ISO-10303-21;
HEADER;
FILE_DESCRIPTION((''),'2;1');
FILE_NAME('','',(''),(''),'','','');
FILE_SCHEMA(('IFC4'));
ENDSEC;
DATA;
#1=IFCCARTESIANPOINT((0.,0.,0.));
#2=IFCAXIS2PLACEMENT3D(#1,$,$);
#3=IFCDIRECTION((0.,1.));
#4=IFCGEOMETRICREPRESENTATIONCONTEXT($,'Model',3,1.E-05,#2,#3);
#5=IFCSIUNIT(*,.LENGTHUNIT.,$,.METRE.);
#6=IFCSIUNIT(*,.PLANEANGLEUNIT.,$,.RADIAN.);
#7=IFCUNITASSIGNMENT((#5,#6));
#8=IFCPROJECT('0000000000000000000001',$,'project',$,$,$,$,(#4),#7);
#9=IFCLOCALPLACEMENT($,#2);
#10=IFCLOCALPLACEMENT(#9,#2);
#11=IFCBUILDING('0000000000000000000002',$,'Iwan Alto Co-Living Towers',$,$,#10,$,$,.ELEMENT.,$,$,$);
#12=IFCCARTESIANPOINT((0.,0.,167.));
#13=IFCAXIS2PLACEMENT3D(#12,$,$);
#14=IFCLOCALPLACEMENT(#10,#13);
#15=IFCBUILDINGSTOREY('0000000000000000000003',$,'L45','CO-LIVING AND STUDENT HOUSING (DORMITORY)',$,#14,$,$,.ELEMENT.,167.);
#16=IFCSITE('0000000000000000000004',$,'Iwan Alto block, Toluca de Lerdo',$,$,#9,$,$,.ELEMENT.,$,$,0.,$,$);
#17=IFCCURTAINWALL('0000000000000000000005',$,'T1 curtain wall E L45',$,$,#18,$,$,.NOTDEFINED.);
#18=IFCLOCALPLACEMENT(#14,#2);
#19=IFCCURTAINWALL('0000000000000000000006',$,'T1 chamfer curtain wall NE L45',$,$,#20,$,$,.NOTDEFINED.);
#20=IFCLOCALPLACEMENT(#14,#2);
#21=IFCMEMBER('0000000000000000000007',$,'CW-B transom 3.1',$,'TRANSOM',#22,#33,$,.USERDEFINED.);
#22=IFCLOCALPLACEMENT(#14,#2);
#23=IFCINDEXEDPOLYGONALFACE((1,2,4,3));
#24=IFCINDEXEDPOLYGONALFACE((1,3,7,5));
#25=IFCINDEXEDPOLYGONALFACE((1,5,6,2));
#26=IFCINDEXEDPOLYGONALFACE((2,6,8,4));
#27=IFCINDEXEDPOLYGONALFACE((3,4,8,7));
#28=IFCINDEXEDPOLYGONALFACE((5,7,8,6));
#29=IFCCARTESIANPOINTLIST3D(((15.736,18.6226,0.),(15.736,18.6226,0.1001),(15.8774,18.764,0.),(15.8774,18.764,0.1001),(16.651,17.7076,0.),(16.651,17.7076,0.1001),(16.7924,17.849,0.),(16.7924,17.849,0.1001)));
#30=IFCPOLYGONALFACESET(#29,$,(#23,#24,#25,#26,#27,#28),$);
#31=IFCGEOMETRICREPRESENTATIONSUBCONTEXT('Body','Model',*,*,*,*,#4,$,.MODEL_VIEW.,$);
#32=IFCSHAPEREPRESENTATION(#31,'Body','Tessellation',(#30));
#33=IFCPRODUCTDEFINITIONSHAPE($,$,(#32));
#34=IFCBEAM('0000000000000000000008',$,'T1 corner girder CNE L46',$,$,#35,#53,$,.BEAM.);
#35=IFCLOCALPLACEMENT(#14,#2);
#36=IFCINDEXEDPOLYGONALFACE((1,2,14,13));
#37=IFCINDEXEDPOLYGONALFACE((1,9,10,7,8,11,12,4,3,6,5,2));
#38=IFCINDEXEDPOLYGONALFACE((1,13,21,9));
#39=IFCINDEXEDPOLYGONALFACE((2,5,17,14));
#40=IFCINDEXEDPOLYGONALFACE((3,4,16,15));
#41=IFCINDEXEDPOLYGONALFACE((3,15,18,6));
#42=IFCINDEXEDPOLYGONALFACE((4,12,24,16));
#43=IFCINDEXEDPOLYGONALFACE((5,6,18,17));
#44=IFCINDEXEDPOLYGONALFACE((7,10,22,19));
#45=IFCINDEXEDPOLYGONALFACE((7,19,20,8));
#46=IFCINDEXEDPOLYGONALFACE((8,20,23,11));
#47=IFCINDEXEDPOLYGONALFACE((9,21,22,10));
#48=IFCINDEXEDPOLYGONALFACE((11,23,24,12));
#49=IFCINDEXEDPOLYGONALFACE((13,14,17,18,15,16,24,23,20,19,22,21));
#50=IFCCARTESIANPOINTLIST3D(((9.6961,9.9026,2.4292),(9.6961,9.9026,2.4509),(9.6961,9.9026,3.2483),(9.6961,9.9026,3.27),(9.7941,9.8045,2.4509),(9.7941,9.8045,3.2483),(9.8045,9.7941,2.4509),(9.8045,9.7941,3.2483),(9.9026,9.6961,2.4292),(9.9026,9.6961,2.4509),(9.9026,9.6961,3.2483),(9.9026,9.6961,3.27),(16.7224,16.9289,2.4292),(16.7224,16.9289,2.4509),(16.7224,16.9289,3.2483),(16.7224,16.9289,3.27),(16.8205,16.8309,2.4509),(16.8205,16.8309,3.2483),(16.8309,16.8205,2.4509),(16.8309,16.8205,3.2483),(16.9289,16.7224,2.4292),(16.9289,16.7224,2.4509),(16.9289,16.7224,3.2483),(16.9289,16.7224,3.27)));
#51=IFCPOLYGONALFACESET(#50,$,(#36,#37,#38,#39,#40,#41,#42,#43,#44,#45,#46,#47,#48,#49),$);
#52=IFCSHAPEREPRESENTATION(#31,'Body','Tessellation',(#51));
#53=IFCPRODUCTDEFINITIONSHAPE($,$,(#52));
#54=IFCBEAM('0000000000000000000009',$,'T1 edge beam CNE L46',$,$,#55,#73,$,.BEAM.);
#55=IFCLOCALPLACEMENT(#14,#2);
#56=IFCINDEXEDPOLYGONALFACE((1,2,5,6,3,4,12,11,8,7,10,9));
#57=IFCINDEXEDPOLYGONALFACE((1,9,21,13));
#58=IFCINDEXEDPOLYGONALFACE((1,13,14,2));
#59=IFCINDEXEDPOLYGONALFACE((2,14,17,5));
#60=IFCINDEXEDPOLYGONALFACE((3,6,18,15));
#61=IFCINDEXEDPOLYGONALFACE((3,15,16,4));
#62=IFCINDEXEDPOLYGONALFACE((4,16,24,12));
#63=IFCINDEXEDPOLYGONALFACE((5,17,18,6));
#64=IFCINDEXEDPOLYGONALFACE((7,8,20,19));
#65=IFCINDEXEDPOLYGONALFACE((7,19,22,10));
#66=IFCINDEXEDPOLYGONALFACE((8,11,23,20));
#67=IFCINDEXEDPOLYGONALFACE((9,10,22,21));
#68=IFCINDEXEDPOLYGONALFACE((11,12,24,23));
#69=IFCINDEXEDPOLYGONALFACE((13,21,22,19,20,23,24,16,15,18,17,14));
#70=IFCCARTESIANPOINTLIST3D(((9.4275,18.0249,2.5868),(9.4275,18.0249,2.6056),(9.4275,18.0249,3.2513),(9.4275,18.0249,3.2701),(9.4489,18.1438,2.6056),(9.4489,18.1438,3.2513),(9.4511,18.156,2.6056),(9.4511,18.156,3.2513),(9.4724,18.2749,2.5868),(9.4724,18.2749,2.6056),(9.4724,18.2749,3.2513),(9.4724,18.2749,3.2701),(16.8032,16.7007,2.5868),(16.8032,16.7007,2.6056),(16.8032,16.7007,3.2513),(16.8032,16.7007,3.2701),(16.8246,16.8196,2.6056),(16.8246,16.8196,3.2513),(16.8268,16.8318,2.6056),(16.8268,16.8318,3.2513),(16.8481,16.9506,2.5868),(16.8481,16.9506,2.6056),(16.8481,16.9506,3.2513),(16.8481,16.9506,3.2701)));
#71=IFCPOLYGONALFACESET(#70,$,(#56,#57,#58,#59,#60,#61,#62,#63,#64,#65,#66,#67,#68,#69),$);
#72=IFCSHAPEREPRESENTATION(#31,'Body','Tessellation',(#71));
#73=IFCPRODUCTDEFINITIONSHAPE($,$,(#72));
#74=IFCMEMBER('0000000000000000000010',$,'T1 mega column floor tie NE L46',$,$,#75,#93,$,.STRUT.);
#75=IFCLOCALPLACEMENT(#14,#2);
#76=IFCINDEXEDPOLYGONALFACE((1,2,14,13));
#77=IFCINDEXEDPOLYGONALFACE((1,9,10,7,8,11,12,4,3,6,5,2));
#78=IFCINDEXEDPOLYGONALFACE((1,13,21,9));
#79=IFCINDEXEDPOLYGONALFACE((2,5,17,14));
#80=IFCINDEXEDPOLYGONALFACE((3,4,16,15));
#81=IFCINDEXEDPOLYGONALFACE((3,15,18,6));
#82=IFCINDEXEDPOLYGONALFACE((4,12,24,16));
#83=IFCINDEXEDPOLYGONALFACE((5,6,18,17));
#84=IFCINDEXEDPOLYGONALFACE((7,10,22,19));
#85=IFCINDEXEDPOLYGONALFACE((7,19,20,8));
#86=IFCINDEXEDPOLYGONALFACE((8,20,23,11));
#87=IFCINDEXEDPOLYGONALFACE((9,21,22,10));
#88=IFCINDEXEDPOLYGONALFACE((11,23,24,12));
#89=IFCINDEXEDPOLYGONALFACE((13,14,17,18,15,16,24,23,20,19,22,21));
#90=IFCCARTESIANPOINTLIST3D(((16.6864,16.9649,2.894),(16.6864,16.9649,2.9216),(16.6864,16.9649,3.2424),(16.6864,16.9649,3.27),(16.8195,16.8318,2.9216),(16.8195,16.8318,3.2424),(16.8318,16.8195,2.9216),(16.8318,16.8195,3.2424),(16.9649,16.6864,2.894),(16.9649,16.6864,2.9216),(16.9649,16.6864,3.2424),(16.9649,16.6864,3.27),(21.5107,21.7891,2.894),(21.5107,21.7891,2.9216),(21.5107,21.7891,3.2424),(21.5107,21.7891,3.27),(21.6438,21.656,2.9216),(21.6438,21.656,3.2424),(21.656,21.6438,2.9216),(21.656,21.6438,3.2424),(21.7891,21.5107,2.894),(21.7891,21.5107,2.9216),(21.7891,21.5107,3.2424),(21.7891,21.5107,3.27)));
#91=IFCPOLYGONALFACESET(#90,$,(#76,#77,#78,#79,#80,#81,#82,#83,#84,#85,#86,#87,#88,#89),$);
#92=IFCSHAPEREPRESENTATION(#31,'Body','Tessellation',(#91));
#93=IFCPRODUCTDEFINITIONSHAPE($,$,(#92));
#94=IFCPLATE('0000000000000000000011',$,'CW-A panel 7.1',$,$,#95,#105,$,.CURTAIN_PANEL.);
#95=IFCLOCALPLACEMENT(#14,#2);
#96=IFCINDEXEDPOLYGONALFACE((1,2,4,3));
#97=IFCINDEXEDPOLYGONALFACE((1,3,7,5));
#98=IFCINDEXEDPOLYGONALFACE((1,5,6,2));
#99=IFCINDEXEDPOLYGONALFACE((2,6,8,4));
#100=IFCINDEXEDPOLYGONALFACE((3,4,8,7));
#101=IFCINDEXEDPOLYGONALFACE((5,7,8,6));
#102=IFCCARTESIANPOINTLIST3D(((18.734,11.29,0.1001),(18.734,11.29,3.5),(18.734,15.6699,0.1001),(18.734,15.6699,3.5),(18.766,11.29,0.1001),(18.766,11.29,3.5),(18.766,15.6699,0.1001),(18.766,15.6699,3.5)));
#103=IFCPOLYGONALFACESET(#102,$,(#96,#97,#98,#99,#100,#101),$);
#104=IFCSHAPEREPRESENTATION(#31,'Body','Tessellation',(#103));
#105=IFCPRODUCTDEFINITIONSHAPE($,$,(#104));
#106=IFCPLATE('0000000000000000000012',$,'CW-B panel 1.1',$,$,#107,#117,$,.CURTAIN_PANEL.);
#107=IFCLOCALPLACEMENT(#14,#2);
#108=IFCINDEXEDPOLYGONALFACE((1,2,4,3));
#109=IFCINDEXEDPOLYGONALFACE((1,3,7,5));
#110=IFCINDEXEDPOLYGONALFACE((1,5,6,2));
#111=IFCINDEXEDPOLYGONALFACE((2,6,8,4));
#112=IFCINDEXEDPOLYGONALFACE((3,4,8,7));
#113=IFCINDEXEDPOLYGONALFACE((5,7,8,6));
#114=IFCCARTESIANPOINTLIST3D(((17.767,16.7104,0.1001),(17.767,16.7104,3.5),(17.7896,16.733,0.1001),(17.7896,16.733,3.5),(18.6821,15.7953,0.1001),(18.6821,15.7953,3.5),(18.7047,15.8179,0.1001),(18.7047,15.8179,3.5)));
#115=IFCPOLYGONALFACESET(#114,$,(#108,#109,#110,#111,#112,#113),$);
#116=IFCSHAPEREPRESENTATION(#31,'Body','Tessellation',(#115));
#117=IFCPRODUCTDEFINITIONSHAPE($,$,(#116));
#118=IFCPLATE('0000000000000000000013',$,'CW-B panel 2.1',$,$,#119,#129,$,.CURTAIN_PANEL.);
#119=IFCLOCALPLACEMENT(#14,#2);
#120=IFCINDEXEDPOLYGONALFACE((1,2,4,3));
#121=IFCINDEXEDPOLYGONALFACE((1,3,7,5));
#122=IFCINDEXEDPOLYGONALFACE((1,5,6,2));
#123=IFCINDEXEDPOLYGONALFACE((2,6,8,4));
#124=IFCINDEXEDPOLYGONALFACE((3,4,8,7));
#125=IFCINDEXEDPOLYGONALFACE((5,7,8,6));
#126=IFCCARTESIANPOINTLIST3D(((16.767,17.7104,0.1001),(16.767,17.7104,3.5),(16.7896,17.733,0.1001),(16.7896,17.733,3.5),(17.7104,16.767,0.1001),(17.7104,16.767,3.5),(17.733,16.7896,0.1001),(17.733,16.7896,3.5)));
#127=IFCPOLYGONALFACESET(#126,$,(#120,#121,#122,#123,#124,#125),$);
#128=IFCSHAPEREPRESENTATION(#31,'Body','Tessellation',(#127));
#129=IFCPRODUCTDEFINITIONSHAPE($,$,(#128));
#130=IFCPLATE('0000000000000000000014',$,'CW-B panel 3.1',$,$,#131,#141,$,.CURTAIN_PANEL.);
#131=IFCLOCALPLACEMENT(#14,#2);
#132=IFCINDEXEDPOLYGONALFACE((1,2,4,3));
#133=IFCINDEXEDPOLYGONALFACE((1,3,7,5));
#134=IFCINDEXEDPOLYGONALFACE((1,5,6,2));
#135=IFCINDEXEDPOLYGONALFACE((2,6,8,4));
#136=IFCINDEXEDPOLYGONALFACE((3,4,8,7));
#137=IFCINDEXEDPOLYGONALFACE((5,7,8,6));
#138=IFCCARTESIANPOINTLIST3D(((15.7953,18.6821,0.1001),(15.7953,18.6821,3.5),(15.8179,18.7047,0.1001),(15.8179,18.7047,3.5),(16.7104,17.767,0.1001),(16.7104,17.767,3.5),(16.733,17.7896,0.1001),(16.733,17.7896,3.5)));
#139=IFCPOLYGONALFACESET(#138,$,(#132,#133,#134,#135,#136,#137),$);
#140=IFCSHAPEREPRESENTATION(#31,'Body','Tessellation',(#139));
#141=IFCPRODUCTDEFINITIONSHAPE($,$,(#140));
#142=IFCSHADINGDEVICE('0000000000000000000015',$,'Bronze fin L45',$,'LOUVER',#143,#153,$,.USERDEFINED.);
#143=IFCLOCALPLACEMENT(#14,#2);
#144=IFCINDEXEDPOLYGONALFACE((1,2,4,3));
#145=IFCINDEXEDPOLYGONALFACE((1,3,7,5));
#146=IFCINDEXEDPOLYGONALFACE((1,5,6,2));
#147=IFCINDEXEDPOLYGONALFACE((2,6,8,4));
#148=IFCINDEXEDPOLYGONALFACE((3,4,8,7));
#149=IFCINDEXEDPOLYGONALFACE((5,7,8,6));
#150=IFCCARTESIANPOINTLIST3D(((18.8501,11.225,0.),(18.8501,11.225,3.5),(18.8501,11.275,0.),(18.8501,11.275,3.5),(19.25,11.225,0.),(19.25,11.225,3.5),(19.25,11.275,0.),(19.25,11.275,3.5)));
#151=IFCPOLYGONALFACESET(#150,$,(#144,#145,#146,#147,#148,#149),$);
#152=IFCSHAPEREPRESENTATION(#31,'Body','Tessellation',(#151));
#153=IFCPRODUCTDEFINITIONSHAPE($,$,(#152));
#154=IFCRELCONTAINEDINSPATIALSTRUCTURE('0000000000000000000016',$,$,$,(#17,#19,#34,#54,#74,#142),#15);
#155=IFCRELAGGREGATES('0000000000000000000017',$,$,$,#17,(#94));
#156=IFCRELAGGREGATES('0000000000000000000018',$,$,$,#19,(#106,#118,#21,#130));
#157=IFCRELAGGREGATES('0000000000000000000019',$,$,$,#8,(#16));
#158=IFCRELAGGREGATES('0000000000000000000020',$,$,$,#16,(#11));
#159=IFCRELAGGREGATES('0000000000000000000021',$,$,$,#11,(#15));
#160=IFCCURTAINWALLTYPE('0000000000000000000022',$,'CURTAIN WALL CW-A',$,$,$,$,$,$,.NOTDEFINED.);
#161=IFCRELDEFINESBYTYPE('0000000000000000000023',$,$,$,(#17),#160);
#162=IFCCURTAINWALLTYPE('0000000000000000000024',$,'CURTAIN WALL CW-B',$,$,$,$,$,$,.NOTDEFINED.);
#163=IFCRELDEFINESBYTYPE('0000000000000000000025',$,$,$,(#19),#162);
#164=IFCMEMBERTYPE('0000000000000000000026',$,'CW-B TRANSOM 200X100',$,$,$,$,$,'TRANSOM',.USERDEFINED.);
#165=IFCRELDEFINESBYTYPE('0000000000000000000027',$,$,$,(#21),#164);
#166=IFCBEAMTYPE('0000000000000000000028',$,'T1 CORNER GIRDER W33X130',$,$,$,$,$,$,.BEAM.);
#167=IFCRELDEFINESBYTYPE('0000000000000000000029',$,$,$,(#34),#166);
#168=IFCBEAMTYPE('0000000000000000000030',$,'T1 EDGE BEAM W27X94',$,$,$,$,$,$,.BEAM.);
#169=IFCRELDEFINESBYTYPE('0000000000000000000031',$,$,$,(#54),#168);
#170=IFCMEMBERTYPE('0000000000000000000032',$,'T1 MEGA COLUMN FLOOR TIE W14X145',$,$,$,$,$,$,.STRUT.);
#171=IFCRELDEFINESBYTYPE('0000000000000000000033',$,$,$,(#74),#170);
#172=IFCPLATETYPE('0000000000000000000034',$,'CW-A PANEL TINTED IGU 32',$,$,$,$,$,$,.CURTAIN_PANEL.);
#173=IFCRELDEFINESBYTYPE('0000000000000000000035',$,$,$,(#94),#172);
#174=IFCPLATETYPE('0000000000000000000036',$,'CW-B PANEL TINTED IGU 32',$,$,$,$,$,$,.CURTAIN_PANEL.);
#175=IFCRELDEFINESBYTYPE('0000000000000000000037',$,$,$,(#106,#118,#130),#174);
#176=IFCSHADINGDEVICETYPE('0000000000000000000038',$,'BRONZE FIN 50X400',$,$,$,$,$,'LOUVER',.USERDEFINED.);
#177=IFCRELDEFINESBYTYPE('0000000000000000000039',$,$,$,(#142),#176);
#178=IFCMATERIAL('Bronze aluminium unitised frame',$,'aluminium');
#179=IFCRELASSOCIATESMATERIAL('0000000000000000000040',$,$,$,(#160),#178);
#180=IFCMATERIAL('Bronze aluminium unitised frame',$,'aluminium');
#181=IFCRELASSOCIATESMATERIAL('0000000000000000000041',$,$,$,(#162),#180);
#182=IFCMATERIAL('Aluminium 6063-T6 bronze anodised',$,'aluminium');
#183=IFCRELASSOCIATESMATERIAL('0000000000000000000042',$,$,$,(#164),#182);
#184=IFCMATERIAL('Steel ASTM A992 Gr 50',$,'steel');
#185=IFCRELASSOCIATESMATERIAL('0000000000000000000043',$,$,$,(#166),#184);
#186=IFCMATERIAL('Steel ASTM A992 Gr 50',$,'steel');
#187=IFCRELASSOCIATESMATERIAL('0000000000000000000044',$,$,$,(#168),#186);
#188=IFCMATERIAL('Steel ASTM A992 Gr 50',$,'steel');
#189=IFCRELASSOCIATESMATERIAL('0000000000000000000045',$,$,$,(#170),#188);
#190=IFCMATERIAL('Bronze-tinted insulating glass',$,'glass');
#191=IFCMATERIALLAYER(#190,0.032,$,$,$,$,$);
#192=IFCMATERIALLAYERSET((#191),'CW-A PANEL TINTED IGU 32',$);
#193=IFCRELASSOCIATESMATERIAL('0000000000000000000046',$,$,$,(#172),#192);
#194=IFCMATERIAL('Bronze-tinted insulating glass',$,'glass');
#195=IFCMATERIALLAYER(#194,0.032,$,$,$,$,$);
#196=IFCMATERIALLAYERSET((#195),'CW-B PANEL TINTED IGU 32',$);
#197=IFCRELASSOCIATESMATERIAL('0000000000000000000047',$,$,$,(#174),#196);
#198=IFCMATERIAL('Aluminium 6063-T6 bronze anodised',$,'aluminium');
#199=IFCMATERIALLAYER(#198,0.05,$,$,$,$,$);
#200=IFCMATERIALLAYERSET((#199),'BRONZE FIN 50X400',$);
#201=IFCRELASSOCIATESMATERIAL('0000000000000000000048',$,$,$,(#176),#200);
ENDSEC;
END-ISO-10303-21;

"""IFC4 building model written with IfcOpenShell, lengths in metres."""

from ifc_helpers import new_model, si_unit, direction, frame, origin, origin_2d, place, context, subcontext, project, spatial, rectangle, i_section, extrude, material, layer, layer_set, material_profile, profile_set, type_object, element, aggregate, save


model = new_model("IFC4")

# Units and contexts
model_context = context("Model", 3, precision=1e-05, world=origin(), true_north=direction((0.0, 1.0)))
body_context = subcontext(model_context, "Body", "Model", "MODEL_VIEW")
ifc_project = project(units=[si_unit("LENGTHUNIT", "METRE"), si_unit("PLANEANGLEUNIT", "RADIAN")], contexts=[model_context])

# Site, building, storey
site_placement = place(None, origin())
site = spatial("IfcSite", under=ifc_project, at=site_placement, Name="Iwan Alto block, Toluca de Lerdo", CompositionType="ELEMENT", RefElevation=0.0)
building_placement = place(site_placement, origin())
building = spatial("IfcBuilding", under=site, at=building_placement, Name="Iwan Alto Co-Living Towers", CompositionType="ELEMENT")
storey_placement = place(building_placement, frame((0.0, 0.0, 167.0)))
storey = spatial("IfcBuildingStorey", under=building, at=storey_placement, Name="L45", Description="CO-LIVING AND STUDENT HOUSING (DORMITORY)", CompositionType="ELEMENT", Elevation=167.0)

# Curtain wall
ifc_material_1 = material(Name="Bronze aluminium unitised frame", Category="aluminium")
curtain_wall_type_1 = type_object("IfcCurtainWallType", Name="CURTAIN WALL CW-A", PredefinedType="NOTDEFINED", material=ifc_material_1)
curtain_wall_1_placement = place(storey_placement, origin())
curtain_wall_1 = element("IfcCurtainWall", 1, at=curtain_wall_1_placement, inside=storey, type_object=curtain_wall_type_1, Name="T1 curtain wall E L45", PredefinedType="NOTDEFINED")

# Curtain wall, member
ifc_material_2 = material(Name="Bronze aluminium unitised frame", Category="aluminium")
curtain_wall_type_2 = type_object("IfcCurtainWallType", Name="CURTAIN WALL CW-B", PredefinedType="NOTDEFINED", material=ifc_material_2)
curtain_wall_2_placement = place(storey_placement, origin())
curtain_wall_2 = element("IfcCurtainWall", 2, at=curtain_wall_2_placement, inside=storey, type_object=curtain_wall_type_2, Name="T1 chamfer curtain wall NE L45", PredefinedType="NOTDEFINED")
ifc_material_3 = material(Name="Aluminium 6063-T6 bronze anodised", Category="aluminium")
ifc_material_profile_1 = material_profile(ifc_material_3, rectangle(XDim=0.2, YDim=0.1001, at=origin_2d()), Name="AL 200X100")
ifc_profile_set_1 = profile_set([ifc_material_profile_1], Name="Aluminium 6063-T6 bronze anodised")
member_type_1 = type_object("IfcMemberType", Name="CW-B TRANSOM 200X100", ElementType="TRANSOM", PredefinedType="USERDEFINED", material=ifc_profile_set_1)
member_1_placement = place(storey_placement, frame((16.7217, 17.7783, 0.05), z_axis=(-0.707107, 0.707107, 0.0), x_axis=(-0.707107, -0.707107, 0.0)))
member_1 = element("IfcMember", 3, at=member_1_placement, type_object=member_type_1, Name="CW-B transom 3.1", ObjectType="TRANSOM", PredefinedType="USERDEFINED", context=body_context, shape_type="SweptSolid", body=[
    extrude(rectangle(XDim=0.2, YDim=0.1001, at=origin_2d()), origin(), (0.0, 0.0, 1.0), 1.2939),
])

# Beams
ifc_material_4 = material(Name="Steel ASTM A992 Gr 50", Category="steel")
ifc_material_profile_2 = material_profile(ifc_material_4, i_section(OverallWidth=0.292, OverallDepth=0.8408, WebThickness=0.0146, FlangeThickness=0.0217, at=origin_2d()), Name="W33X130")
ifc_profile_set_2 = profile_set([ifc_material_profile_2], Name="Steel ASTM A992 Gr 50")
beam_type_1 = type_object("IfcBeamType", Name="T1 CORNER GIRDER W33X130", PredefinedType="BEAM", material=ifc_profile_set_2)
beam_1_placement = place(storey_placement, frame((16.8257, 16.8257, 2.8496), z_axis=(-0.707107, -0.707107, 0.0), x_axis=(0.707107, -0.707107, 0.0)))
element("IfcBeam", 4, at=beam_1_placement, inside=storey, type_object=beam_type_1, Name="T1 corner girder CNE L46", PredefinedType="BEAM", context=body_context, shape_type="SweptSolid", body=[
    extrude(i_section(OverallWidth=0.292, OverallDepth=0.8408, WebThickness=0.0146, FlangeThickness=0.0217, at=origin_2d()), origin(), (0.0, 0.0, 1.0), 9.9368),
])
ifc_material_5 = material(Name="Steel ASTM A992 Gr 50", Category="steel")
ifc_material_profile_3 = material_profile(ifc_material_5, i_section(OverallWidth=0.2539, OverallDepth=0.6833, WebThickness=0.0125, FlangeThickness=0.0188, at=origin_2d()), Name="W27X94")
ifc_profile_set_3 = profile_set([ifc_material_profile_3], Name="Steel ASTM A992 Gr 50")
beam_type_2 = type_object("IfcBeamType", Name="T1 EDGE BEAM W27X94", PredefinedType="BEAM", material=ifc_profile_set_3)
beam_2_placement = place(storey_placement, frame((16.8257, 16.8257, 2.9285), z_axis=(-0.984263, 0.176712, 0.0), x_axis=(-0.176712, -0.984263, 0.0)))
element("IfcBeam", 5, at=beam_2_placement, inside=storey, type_object=beam_type_2, Name="T1 edge beam CNE L46", PredefinedType="BEAM", context=body_context, shape_type="SweptSolid", body=[
    extrude(i_section(OverallWidth=0.2539, OverallDepth=0.6833, WebThickness=0.0125, FlangeThickness=0.0188, at=origin_2d()), origin(), (0.0, 0.0, 1.0), 7.4937),
])

# Member
ifc_material_6 = material(Name="Steel ASTM A992 Gr 50", Category="steel")
ifc_material_profile_4 = material_profile(ifc_material_6, i_section(OverallWidth=0.3938, OverallDepth=0.376, WebThickness=0.0173, FlangeThickness=0.0276, at=origin_2d()), Name="W14X145")
ifc_profile_set_4 = profile_set([ifc_material_profile_4], Name="Steel ASTM A992 Gr 50")
member_type_2 = type_object("IfcMemberType", Name="T1 MEGA COLUMN FLOOR TIE W14X145", PredefinedType="STRUT", material=ifc_profile_set_4)
member_2_placement = place(storey_placement, frame((21.6499, 21.6499, 3.082), z_axis=(-0.707107, -0.707107, 0.0), x_axis=(0.707107, -0.707107, 0.0)))
element("IfcMember", 6, at=member_2_placement, inside=storey, type_object=member_type_2, Name="T1 mega column floor tie NE L46", PredefinedType="STRUT", context=body_context, shape_type="SweptSolid", body=[
    extrude(i_section(OverallWidth=0.3938, OverallDepth=0.376, WebThickness=0.0173, FlangeThickness=0.0276, at=origin_2d()), origin(), (0.0, 0.0, 1.0), 6.8225),
])

# Plates
ifc_material_7 = material(Name="Bronze-tinted insulating glass", Category="glass")
ifc_layer_1 = layer(ifc_material_7, 0.032)
ifc_layer_set_1 = layer_set([ifc_layer_1], Name="CW-A PANEL TINTED IGU 32")
plate_type_1 = type_object("IfcPlateType", Name="CW-A PANEL TINTED IGU 32", PredefinedType="CURTAIN_PANEL", material=ifc_layer_set_1)
plate_1_placement = place(storey_placement, frame((18.75, 13.48, 0.1001), z_axis=(0.0, 0.0, 1.0), x_axis=(0.0, 1.0, 0.0)))
plate_1 = element("IfcPlate", 7, at=plate_1_placement, type_object=plate_type_1, Name="CW-A panel 7.1", PredefinedType="CURTAIN_PANEL", context=body_context, shape_type="SweptSolid", body=[
    extrude(rectangle(XDim=4.3799, YDim=0.032, at=origin_2d()), origin(), (0.0, 0.0, 1.0), 3.3999),
])
aggregate(curtain_wall_1, [plate_1])
ifc_material_8 = material(Name="Bronze-tinted insulating glass", Category="glass")
ifc_layer_2 = layer(ifc_material_8, 0.032)
ifc_layer_set_2 = layer_set([ifc_layer_2], Name="CW-B PANEL TINTED IGU 32")
plate_type_2 = type_object("IfcPlateType", Name="CW-B PANEL TINTED IGU 32", PredefinedType="CURTAIN_PANEL", material=ifc_layer_set_2)
plate_2_placement = place(storey_placement, frame((18.2358, 16.2642, 0.1001), z_axis=(0.0, 0.0, 1.0), x_axis=(-0.707107, 0.707107, 0.0)))
plate_2 = element("IfcPlate", 8, at=plate_2_placement, type_object=plate_type_2, Name="CW-B panel 1.1", PredefinedType="CURTAIN_PANEL", context=body_context, shape_type="SweptSolid", body=[
    extrude(rectangle(XDim=1.2942, YDim=0.032, at=origin_2d()), origin(), (0.0, 0.0, 1.0), 3.3999),
])
plate_3_placement = place(storey_placement, frame((17.25, 17.25, 0.1001), z_axis=(0.0, 0.0, 1.0), x_axis=(-0.707107, 0.707107, 0.0)))
plate_3 = element("IfcPlate", 9, at=plate_3_placement, type_object=plate_type_2, Name="CW-B panel 2.1", PredefinedType="CURTAIN_PANEL", context=body_context, shape_type="SweptSolid", body=[
    extrude(rectangle(XDim=1.3342, YDim=0.032, at=origin_2d()), origin(), (0.0, 0.0, 1.0), 3.3999),
])
plate_4_placement = place(storey_placement, frame((16.2642, 18.2358, 0.1001), z_axis=(0.0, 0.0, 1.0), x_axis=(-0.707107, 0.707107, 0.0)))
plate_4 = element("IfcPlate", 10, at=plate_4_placement, type_object=plate_type_2, Name="CW-B panel 3.1", PredefinedType="CURTAIN_PANEL", context=body_context, shape_type="SweptSolid", body=[
    extrude(rectangle(XDim=1.2942, YDim=0.032, at=origin_2d()), origin(), (0.0, 0.0, 1.0), 3.3999),
])
aggregate(curtain_wall_2, [plate_2, plate_3, member_1, plate_4])

# Shading device
ifc_material_9 = material(Name="Aluminium 6063-T6 bronze anodised", Category="aluminium")
ifc_layer_3 = layer(ifc_material_9, 0.05)
ifc_layer_set_3 = layer_set([ifc_layer_3], Name="BRONZE FIN 50X400")
shading_device_type = type_object("IfcShadingDeviceType", Name="BRONZE FIN 50X400", ElementType="LOUVER", PredefinedType="USERDEFINED", material=ifc_layer_set_3)
shading_device_placement = place(storey_placement, frame((19.05, 11.25, 0.0), z_axis=(0.0, 0.0, 1.0), x_axis=(0.0, 1.0, 0.0)))
element("IfcShadingDevice", 11, at=shading_device_placement, inside=storey, type_object=shading_device_type, Name="Bronze fin L45", ObjectType="LOUVER", PredefinedType="USERDEFINED", context=body_context, shape_type="SweptSolid", body=[
    extrude(rectangle(XDim=0.05, YDim=0.3999, at=origin_2d()), origin(), (0.0, 0.0, 1.0), 3.5),
])

save(model, "model.ifc")
